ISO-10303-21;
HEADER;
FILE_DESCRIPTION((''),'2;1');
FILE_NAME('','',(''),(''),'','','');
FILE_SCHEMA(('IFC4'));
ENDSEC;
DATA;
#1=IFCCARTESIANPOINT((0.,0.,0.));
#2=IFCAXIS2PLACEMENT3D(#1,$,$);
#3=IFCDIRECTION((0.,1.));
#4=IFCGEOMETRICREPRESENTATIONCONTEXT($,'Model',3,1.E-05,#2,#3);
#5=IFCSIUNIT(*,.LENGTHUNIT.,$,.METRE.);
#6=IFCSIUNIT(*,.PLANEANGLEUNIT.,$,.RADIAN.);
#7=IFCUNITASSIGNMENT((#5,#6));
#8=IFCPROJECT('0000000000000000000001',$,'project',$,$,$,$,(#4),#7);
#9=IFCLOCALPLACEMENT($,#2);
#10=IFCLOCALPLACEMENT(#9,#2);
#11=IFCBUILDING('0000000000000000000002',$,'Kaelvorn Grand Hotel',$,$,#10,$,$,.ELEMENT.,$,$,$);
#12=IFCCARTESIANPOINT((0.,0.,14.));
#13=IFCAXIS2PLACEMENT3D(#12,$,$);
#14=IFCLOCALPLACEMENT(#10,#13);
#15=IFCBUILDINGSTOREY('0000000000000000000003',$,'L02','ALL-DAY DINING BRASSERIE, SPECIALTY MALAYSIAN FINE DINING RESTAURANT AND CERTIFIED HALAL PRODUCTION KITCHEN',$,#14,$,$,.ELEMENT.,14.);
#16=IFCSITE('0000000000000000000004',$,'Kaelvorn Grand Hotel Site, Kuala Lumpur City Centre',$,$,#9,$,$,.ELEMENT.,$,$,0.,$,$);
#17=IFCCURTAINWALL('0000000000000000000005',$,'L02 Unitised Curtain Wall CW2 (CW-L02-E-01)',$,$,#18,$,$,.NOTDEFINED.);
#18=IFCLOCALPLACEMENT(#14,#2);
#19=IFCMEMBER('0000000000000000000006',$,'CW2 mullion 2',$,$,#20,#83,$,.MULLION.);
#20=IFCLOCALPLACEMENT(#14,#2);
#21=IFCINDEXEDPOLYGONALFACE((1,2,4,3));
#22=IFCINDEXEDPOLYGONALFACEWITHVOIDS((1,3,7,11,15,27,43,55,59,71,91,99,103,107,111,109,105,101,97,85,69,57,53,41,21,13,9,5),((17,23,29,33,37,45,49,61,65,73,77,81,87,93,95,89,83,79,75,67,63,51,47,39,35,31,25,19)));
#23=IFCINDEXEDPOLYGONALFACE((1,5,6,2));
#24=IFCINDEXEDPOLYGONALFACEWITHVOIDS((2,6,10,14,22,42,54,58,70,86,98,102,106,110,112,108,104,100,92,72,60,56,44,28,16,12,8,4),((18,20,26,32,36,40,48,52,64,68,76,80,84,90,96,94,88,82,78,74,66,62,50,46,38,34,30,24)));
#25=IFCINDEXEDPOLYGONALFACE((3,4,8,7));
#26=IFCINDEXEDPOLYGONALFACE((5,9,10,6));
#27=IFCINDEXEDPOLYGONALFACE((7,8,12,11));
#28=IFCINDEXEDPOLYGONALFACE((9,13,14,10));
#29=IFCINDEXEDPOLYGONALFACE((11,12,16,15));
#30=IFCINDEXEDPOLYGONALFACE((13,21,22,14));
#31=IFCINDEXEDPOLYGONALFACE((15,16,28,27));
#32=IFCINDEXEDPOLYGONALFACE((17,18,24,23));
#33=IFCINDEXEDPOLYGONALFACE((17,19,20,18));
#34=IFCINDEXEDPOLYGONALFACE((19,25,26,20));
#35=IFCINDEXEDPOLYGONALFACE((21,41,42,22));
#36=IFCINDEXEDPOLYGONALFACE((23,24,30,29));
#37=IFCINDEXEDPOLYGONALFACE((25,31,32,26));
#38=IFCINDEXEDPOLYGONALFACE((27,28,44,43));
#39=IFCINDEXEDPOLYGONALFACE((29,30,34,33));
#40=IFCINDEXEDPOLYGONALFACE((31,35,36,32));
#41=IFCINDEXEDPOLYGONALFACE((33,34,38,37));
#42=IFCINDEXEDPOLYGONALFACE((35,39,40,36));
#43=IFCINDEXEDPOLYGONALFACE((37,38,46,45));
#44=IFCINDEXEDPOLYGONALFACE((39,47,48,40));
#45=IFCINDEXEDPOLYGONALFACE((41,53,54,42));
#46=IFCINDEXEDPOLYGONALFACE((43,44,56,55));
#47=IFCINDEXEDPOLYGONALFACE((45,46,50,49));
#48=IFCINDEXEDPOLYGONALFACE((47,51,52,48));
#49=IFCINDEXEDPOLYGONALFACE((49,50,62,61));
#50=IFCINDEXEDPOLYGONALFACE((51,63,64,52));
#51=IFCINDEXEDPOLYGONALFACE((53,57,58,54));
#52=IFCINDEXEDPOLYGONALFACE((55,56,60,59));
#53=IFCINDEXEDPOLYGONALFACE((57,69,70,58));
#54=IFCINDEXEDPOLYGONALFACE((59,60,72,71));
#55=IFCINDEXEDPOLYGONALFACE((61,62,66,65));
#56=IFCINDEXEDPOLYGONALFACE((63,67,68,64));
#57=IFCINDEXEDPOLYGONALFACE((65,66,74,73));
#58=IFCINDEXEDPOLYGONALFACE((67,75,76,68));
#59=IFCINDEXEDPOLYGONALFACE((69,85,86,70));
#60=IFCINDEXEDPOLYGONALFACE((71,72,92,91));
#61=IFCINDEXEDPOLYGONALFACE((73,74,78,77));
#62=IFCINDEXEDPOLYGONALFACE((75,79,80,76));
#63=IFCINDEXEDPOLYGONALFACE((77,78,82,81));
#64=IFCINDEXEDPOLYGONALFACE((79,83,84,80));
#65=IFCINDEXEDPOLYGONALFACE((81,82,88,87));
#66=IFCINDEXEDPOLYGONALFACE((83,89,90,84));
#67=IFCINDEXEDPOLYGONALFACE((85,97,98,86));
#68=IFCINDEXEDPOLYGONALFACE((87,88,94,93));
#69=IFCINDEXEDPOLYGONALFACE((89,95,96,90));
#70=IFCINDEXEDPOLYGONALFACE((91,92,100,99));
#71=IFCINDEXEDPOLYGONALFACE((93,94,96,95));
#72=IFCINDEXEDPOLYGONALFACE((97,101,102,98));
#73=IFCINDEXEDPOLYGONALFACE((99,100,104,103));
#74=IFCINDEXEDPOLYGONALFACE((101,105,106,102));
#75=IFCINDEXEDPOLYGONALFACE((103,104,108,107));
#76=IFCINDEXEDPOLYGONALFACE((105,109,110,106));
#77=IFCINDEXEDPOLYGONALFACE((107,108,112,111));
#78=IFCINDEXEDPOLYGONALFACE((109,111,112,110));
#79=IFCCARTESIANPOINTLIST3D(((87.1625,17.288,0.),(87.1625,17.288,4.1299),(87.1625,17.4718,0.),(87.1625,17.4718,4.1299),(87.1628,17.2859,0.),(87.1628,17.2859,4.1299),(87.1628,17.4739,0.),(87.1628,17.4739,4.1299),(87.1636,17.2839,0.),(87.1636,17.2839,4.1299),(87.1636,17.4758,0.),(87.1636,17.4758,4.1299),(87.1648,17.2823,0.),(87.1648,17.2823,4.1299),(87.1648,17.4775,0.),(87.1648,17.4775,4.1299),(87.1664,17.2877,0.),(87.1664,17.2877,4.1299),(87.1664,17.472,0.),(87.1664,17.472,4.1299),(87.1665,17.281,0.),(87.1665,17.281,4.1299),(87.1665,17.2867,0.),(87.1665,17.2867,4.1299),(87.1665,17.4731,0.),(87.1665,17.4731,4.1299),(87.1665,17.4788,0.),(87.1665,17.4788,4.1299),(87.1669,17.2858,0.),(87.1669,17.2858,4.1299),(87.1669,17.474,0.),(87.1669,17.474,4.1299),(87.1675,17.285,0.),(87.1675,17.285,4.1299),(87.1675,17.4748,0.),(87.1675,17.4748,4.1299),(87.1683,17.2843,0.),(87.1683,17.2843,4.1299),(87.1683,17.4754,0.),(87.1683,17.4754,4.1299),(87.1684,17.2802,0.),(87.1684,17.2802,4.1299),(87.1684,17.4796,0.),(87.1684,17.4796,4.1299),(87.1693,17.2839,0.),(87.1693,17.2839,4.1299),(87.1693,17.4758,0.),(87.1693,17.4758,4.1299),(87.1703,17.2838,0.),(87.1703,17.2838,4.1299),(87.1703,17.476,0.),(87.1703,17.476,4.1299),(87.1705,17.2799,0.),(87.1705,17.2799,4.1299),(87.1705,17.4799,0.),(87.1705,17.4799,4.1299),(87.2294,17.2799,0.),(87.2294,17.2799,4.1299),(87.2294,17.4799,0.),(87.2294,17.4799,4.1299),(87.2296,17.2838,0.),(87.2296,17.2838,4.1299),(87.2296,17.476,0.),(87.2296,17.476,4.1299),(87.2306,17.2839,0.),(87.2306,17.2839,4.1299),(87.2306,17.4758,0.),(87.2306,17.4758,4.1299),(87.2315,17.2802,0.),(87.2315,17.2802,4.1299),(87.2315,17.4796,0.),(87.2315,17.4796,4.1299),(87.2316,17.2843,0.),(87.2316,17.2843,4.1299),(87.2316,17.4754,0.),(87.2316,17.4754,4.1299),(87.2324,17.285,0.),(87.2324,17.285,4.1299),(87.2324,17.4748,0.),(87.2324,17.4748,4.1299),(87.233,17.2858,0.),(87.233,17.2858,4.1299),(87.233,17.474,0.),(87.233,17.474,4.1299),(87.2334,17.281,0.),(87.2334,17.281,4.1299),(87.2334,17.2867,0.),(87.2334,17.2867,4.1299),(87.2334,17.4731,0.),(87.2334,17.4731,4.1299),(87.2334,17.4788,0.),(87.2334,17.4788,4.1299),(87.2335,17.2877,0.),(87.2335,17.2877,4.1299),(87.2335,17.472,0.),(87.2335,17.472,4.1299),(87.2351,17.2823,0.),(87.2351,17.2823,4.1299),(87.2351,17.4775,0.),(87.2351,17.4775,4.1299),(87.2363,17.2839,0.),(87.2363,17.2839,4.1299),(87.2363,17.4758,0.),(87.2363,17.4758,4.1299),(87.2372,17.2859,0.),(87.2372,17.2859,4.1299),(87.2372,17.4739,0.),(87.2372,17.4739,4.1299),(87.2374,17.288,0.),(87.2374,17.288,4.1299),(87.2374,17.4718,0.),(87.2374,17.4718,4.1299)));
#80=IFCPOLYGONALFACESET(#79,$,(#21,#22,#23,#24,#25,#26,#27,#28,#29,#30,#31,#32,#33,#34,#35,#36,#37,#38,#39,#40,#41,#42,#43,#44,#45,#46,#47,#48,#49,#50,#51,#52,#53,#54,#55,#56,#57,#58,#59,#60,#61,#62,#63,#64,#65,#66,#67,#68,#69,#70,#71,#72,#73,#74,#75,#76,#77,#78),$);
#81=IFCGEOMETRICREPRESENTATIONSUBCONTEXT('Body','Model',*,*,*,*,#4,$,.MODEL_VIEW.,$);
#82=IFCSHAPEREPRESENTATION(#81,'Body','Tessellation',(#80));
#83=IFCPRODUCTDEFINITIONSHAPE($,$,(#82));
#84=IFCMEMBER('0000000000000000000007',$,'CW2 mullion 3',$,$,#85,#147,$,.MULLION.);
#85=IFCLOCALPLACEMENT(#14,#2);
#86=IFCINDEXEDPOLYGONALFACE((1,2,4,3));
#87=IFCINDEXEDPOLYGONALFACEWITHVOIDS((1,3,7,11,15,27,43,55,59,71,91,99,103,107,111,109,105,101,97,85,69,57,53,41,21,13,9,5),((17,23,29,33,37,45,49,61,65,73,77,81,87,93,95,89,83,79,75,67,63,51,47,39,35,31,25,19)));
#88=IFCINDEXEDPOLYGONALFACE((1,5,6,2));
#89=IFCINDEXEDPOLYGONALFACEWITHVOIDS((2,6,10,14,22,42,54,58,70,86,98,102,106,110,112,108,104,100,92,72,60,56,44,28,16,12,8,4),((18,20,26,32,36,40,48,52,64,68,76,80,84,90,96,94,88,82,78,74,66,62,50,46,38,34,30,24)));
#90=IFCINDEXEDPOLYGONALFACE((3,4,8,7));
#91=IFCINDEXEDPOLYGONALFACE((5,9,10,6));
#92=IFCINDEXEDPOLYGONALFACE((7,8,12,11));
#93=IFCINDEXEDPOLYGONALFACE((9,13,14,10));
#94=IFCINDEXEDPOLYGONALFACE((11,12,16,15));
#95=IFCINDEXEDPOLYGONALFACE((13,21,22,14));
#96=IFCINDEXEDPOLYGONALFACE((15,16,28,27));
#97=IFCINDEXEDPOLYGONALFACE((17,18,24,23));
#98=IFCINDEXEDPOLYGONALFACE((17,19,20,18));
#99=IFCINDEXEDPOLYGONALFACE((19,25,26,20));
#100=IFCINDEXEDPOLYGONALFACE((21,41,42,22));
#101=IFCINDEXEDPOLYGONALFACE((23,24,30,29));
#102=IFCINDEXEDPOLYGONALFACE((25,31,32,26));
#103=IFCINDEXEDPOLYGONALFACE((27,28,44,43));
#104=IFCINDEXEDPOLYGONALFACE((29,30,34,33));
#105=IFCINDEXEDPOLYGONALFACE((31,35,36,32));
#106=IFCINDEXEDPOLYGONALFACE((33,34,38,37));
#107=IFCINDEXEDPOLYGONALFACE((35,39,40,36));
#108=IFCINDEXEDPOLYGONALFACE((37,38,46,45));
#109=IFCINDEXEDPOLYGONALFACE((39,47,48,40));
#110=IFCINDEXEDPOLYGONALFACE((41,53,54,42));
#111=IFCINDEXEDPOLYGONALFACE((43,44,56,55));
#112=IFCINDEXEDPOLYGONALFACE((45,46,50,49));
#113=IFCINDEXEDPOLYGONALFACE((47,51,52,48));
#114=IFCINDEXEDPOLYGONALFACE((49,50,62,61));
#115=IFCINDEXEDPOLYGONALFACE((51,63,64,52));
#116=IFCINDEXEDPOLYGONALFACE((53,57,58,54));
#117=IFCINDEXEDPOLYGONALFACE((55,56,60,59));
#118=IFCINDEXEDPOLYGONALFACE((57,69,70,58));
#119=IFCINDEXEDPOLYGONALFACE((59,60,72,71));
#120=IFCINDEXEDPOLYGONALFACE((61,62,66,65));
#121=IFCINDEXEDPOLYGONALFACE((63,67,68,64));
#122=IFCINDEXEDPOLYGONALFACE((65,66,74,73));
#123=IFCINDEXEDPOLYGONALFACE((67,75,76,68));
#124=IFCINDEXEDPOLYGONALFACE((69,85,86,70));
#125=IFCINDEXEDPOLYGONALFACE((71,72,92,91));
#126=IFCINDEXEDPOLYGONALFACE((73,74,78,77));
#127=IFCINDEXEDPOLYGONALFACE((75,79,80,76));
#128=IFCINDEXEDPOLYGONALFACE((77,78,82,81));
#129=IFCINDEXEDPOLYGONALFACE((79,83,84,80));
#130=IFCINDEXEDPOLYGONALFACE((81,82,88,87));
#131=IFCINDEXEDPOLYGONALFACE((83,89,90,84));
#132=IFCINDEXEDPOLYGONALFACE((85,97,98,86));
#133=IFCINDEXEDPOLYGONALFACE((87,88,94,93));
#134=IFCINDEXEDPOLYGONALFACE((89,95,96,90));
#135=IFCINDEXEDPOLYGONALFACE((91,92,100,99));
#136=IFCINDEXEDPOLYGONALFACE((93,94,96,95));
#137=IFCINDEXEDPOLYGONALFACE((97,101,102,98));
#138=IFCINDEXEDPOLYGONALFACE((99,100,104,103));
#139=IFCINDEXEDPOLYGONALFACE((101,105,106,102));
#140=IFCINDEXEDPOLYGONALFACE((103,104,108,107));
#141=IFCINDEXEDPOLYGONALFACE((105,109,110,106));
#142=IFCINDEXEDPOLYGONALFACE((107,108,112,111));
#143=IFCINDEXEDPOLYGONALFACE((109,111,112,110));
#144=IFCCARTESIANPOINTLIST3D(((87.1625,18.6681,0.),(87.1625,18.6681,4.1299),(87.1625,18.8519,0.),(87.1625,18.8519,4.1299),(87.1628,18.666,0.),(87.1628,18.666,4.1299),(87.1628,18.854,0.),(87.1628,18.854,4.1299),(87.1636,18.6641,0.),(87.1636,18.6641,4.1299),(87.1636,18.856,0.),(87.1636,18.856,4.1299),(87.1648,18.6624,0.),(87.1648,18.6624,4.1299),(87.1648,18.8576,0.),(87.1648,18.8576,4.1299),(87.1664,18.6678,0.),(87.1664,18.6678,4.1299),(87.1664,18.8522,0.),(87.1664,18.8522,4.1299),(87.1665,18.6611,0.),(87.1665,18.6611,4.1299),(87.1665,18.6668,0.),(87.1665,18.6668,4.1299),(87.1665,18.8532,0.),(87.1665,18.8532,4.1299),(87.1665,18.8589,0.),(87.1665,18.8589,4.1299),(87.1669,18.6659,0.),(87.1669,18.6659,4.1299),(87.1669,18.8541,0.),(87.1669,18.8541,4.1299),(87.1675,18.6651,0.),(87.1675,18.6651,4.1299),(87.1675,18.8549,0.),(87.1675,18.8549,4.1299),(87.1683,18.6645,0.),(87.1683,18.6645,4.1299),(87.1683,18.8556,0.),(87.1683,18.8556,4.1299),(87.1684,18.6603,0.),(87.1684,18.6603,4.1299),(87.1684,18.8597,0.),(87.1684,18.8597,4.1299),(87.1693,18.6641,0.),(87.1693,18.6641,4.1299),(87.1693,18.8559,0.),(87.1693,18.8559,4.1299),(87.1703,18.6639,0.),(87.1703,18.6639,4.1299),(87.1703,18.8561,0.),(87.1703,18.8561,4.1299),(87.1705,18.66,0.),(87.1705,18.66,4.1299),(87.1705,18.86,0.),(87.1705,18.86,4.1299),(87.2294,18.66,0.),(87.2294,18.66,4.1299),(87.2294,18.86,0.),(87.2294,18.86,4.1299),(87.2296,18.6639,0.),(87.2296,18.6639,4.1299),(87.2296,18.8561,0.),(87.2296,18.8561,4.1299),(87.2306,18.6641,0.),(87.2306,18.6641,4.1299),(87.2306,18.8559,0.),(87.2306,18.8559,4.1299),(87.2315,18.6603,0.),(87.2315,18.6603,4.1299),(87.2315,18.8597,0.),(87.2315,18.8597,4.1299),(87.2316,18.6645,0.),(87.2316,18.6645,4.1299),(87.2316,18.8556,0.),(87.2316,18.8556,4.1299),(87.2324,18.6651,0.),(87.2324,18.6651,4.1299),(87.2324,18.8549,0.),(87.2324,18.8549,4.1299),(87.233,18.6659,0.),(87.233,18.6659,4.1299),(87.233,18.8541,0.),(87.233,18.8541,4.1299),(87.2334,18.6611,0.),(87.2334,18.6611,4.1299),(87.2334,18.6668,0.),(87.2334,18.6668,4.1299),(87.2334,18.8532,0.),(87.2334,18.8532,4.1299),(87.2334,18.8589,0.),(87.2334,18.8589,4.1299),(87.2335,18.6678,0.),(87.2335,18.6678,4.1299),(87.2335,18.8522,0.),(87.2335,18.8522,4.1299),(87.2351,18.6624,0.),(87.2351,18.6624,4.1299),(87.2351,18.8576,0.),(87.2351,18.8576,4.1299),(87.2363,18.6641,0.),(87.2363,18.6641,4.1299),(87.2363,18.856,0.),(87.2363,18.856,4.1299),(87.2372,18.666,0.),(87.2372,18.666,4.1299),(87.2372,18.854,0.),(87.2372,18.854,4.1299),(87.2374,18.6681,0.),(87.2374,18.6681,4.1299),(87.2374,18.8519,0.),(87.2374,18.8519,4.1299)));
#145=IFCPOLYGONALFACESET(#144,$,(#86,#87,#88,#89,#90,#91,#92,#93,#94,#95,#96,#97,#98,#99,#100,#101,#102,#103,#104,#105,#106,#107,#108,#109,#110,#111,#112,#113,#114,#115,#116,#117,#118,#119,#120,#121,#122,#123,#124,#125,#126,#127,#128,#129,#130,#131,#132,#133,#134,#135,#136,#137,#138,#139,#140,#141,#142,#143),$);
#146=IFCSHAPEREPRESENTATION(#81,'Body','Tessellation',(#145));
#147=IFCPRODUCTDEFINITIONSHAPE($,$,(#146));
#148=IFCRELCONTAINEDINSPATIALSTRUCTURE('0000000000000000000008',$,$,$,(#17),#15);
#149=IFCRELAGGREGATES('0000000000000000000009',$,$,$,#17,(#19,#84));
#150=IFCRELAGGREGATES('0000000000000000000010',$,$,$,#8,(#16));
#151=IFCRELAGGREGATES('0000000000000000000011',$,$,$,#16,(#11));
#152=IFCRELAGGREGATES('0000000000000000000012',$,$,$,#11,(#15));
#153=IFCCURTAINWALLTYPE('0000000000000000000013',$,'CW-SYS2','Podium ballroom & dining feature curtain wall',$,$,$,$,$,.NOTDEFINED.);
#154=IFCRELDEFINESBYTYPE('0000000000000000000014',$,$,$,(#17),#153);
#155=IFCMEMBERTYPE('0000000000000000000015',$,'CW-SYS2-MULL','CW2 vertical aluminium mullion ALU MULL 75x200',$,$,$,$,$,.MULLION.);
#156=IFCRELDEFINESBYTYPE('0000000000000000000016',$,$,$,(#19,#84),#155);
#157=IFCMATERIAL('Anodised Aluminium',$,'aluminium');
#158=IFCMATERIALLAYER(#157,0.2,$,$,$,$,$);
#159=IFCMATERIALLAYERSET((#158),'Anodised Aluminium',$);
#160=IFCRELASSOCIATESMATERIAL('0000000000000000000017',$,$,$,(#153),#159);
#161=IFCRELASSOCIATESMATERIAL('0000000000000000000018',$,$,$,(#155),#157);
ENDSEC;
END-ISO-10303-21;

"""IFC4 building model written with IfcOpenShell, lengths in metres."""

from ifc_helpers import new_model, si_unit, direction, frame, origin, origin_2d, place, context, subcontext, project, spatial, hollow_rectangle, extrude, material, layer, layer_set, material_profile, profile_set, type_object, element, aggregate, save


model = new_model("IFC4")

# Units and contexts
model_context = context("Model", 3, precision=1e-05, world=origin(), true_north=direction((0.0, 1.0)))
body_context = subcontext(model_context, "Body", "Model", "MODEL_VIEW")
ifc_project = project(units=[si_unit("LENGTHUNIT", "METRE"), si_unit("PLANEANGLEUNIT", "RADIAN")], contexts=[model_context])

# Site, building, storey
site_placement = place(None, origin())
site = spatial("IfcSite", under=ifc_project, at=site_placement, Name="Kaelvorn Grand Hotel Site, Kuala Lumpur City Centre", CompositionType="ELEMENT", RefElevation=0.0)
building_placement = place(site_placement, origin())
building = spatial("IfcBuilding", under=site, at=building_placement, Name="Kaelvorn Grand Hotel", CompositionType="ELEMENT")
storey_placement = place(building_placement, frame((0.0, 0.0, 14.0)))
storey = spatial("IfcBuildingStorey", under=building, at=storey_placement, Name="L02", Description="ALL-DAY DINING BRASSERIE, SPECIALTY MALAYSIAN FINE DINING RESTAURANT AND CERTIFIED HALAL PRODUCTION KITCHEN", CompositionType="ELEMENT", Elevation=14.0)

# Curtain wall, members
ifc_material_1 = material(Name="Anodised Aluminium", Category="aluminium")
ifc_layer_1 = layer(ifc_material_1, 0.2)
ifc_layer_set_1 = layer_set([ifc_layer_1], Name="Anodised Aluminium")
curtain_wall_type = type_object("IfcCurtainWallType", Name="CW-SYS2", Description="Podium ballroom & dining feature curtain wall", PredefinedType="NOTDEFINED", material=ifc_layer_set_1)
curtain_wall_placement = place(storey_placement, origin())
curtain_wall = element("IfcCurtainWall", 1, at=curtain_wall_placement, inside=storey, type_object=curtain_wall_type, Name="L02 Unitised Curtain Wall CW2 (CW-L02-E-01)", PredefinedType="NOTDEFINED")
ifc_material_profile_1 = material_profile(ifc_material_1, hollow_rectangle(XDim=0.075, YDim=0.2, WallThickness=0.0039, InnerFilletRadius=0.0039, OuterFilletRadius=0.0081, at=origin_2d()), Name="ALU MULL 75x200")
ifc_profile_set_1 = profile_set([ifc_material_profile_1], Name="Anodised Aluminium")
member_type_1 = type_object("IfcMemberType", Name="CW-SYS2-MULL", Description="CW2 vertical aluminium mullion ALU MULL 75x200", PredefinedType="MULLION", material=ifc_profile_set_1)
member_1_placement = place(storey_placement, frame((87.2, 17.3799, 0.0), z_axis=(0.0, 0.0, 1.0), x_axis=(-1.0, 0.0, 0.0)))
member_1 = element("IfcMember", 2, at=member_1_placement, type_object=member_type_1, Name="CW2 mullion 2", PredefinedType="MULLION", context=body_context, shape_type="SweptSolid", body=[
    extrude(hollow_rectangle(XDim=0.075, YDim=0.2, WallThickness=0.0039, InnerFilletRadius=0.0039, OuterFilletRadius=0.0081, at=origin_2d()), origin(), (0.0, 0.0, 1.0), 4.1299),
])
member_2_placement = place(storey_placement, frame((87.2, 18.76, 0.0), z_axis=(0.0, 0.0, 1.0), x_axis=(-1.0, 0.0, 0.0)))
member_2 = element("IfcMember", 3, at=member_2_placement, type_object=member_type_1, Name="CW2 mullion 3", PredefinedType="MULLION", context=body_context, shape_type="SweptSolid", body=[
    extrude(hollow_rectangle(XDim=0.075, YDim=0.2, WallThickness=0.0039, InnerFilletRadius=0.0039, OuterFilletRadius=0.0081, at=origin_2d()), origin(), (0.0, 0.0, 1.0), 4.1299),
])
aggregate(curtain_wall, [member_1, member_2])

save(model, "model.ifc")
